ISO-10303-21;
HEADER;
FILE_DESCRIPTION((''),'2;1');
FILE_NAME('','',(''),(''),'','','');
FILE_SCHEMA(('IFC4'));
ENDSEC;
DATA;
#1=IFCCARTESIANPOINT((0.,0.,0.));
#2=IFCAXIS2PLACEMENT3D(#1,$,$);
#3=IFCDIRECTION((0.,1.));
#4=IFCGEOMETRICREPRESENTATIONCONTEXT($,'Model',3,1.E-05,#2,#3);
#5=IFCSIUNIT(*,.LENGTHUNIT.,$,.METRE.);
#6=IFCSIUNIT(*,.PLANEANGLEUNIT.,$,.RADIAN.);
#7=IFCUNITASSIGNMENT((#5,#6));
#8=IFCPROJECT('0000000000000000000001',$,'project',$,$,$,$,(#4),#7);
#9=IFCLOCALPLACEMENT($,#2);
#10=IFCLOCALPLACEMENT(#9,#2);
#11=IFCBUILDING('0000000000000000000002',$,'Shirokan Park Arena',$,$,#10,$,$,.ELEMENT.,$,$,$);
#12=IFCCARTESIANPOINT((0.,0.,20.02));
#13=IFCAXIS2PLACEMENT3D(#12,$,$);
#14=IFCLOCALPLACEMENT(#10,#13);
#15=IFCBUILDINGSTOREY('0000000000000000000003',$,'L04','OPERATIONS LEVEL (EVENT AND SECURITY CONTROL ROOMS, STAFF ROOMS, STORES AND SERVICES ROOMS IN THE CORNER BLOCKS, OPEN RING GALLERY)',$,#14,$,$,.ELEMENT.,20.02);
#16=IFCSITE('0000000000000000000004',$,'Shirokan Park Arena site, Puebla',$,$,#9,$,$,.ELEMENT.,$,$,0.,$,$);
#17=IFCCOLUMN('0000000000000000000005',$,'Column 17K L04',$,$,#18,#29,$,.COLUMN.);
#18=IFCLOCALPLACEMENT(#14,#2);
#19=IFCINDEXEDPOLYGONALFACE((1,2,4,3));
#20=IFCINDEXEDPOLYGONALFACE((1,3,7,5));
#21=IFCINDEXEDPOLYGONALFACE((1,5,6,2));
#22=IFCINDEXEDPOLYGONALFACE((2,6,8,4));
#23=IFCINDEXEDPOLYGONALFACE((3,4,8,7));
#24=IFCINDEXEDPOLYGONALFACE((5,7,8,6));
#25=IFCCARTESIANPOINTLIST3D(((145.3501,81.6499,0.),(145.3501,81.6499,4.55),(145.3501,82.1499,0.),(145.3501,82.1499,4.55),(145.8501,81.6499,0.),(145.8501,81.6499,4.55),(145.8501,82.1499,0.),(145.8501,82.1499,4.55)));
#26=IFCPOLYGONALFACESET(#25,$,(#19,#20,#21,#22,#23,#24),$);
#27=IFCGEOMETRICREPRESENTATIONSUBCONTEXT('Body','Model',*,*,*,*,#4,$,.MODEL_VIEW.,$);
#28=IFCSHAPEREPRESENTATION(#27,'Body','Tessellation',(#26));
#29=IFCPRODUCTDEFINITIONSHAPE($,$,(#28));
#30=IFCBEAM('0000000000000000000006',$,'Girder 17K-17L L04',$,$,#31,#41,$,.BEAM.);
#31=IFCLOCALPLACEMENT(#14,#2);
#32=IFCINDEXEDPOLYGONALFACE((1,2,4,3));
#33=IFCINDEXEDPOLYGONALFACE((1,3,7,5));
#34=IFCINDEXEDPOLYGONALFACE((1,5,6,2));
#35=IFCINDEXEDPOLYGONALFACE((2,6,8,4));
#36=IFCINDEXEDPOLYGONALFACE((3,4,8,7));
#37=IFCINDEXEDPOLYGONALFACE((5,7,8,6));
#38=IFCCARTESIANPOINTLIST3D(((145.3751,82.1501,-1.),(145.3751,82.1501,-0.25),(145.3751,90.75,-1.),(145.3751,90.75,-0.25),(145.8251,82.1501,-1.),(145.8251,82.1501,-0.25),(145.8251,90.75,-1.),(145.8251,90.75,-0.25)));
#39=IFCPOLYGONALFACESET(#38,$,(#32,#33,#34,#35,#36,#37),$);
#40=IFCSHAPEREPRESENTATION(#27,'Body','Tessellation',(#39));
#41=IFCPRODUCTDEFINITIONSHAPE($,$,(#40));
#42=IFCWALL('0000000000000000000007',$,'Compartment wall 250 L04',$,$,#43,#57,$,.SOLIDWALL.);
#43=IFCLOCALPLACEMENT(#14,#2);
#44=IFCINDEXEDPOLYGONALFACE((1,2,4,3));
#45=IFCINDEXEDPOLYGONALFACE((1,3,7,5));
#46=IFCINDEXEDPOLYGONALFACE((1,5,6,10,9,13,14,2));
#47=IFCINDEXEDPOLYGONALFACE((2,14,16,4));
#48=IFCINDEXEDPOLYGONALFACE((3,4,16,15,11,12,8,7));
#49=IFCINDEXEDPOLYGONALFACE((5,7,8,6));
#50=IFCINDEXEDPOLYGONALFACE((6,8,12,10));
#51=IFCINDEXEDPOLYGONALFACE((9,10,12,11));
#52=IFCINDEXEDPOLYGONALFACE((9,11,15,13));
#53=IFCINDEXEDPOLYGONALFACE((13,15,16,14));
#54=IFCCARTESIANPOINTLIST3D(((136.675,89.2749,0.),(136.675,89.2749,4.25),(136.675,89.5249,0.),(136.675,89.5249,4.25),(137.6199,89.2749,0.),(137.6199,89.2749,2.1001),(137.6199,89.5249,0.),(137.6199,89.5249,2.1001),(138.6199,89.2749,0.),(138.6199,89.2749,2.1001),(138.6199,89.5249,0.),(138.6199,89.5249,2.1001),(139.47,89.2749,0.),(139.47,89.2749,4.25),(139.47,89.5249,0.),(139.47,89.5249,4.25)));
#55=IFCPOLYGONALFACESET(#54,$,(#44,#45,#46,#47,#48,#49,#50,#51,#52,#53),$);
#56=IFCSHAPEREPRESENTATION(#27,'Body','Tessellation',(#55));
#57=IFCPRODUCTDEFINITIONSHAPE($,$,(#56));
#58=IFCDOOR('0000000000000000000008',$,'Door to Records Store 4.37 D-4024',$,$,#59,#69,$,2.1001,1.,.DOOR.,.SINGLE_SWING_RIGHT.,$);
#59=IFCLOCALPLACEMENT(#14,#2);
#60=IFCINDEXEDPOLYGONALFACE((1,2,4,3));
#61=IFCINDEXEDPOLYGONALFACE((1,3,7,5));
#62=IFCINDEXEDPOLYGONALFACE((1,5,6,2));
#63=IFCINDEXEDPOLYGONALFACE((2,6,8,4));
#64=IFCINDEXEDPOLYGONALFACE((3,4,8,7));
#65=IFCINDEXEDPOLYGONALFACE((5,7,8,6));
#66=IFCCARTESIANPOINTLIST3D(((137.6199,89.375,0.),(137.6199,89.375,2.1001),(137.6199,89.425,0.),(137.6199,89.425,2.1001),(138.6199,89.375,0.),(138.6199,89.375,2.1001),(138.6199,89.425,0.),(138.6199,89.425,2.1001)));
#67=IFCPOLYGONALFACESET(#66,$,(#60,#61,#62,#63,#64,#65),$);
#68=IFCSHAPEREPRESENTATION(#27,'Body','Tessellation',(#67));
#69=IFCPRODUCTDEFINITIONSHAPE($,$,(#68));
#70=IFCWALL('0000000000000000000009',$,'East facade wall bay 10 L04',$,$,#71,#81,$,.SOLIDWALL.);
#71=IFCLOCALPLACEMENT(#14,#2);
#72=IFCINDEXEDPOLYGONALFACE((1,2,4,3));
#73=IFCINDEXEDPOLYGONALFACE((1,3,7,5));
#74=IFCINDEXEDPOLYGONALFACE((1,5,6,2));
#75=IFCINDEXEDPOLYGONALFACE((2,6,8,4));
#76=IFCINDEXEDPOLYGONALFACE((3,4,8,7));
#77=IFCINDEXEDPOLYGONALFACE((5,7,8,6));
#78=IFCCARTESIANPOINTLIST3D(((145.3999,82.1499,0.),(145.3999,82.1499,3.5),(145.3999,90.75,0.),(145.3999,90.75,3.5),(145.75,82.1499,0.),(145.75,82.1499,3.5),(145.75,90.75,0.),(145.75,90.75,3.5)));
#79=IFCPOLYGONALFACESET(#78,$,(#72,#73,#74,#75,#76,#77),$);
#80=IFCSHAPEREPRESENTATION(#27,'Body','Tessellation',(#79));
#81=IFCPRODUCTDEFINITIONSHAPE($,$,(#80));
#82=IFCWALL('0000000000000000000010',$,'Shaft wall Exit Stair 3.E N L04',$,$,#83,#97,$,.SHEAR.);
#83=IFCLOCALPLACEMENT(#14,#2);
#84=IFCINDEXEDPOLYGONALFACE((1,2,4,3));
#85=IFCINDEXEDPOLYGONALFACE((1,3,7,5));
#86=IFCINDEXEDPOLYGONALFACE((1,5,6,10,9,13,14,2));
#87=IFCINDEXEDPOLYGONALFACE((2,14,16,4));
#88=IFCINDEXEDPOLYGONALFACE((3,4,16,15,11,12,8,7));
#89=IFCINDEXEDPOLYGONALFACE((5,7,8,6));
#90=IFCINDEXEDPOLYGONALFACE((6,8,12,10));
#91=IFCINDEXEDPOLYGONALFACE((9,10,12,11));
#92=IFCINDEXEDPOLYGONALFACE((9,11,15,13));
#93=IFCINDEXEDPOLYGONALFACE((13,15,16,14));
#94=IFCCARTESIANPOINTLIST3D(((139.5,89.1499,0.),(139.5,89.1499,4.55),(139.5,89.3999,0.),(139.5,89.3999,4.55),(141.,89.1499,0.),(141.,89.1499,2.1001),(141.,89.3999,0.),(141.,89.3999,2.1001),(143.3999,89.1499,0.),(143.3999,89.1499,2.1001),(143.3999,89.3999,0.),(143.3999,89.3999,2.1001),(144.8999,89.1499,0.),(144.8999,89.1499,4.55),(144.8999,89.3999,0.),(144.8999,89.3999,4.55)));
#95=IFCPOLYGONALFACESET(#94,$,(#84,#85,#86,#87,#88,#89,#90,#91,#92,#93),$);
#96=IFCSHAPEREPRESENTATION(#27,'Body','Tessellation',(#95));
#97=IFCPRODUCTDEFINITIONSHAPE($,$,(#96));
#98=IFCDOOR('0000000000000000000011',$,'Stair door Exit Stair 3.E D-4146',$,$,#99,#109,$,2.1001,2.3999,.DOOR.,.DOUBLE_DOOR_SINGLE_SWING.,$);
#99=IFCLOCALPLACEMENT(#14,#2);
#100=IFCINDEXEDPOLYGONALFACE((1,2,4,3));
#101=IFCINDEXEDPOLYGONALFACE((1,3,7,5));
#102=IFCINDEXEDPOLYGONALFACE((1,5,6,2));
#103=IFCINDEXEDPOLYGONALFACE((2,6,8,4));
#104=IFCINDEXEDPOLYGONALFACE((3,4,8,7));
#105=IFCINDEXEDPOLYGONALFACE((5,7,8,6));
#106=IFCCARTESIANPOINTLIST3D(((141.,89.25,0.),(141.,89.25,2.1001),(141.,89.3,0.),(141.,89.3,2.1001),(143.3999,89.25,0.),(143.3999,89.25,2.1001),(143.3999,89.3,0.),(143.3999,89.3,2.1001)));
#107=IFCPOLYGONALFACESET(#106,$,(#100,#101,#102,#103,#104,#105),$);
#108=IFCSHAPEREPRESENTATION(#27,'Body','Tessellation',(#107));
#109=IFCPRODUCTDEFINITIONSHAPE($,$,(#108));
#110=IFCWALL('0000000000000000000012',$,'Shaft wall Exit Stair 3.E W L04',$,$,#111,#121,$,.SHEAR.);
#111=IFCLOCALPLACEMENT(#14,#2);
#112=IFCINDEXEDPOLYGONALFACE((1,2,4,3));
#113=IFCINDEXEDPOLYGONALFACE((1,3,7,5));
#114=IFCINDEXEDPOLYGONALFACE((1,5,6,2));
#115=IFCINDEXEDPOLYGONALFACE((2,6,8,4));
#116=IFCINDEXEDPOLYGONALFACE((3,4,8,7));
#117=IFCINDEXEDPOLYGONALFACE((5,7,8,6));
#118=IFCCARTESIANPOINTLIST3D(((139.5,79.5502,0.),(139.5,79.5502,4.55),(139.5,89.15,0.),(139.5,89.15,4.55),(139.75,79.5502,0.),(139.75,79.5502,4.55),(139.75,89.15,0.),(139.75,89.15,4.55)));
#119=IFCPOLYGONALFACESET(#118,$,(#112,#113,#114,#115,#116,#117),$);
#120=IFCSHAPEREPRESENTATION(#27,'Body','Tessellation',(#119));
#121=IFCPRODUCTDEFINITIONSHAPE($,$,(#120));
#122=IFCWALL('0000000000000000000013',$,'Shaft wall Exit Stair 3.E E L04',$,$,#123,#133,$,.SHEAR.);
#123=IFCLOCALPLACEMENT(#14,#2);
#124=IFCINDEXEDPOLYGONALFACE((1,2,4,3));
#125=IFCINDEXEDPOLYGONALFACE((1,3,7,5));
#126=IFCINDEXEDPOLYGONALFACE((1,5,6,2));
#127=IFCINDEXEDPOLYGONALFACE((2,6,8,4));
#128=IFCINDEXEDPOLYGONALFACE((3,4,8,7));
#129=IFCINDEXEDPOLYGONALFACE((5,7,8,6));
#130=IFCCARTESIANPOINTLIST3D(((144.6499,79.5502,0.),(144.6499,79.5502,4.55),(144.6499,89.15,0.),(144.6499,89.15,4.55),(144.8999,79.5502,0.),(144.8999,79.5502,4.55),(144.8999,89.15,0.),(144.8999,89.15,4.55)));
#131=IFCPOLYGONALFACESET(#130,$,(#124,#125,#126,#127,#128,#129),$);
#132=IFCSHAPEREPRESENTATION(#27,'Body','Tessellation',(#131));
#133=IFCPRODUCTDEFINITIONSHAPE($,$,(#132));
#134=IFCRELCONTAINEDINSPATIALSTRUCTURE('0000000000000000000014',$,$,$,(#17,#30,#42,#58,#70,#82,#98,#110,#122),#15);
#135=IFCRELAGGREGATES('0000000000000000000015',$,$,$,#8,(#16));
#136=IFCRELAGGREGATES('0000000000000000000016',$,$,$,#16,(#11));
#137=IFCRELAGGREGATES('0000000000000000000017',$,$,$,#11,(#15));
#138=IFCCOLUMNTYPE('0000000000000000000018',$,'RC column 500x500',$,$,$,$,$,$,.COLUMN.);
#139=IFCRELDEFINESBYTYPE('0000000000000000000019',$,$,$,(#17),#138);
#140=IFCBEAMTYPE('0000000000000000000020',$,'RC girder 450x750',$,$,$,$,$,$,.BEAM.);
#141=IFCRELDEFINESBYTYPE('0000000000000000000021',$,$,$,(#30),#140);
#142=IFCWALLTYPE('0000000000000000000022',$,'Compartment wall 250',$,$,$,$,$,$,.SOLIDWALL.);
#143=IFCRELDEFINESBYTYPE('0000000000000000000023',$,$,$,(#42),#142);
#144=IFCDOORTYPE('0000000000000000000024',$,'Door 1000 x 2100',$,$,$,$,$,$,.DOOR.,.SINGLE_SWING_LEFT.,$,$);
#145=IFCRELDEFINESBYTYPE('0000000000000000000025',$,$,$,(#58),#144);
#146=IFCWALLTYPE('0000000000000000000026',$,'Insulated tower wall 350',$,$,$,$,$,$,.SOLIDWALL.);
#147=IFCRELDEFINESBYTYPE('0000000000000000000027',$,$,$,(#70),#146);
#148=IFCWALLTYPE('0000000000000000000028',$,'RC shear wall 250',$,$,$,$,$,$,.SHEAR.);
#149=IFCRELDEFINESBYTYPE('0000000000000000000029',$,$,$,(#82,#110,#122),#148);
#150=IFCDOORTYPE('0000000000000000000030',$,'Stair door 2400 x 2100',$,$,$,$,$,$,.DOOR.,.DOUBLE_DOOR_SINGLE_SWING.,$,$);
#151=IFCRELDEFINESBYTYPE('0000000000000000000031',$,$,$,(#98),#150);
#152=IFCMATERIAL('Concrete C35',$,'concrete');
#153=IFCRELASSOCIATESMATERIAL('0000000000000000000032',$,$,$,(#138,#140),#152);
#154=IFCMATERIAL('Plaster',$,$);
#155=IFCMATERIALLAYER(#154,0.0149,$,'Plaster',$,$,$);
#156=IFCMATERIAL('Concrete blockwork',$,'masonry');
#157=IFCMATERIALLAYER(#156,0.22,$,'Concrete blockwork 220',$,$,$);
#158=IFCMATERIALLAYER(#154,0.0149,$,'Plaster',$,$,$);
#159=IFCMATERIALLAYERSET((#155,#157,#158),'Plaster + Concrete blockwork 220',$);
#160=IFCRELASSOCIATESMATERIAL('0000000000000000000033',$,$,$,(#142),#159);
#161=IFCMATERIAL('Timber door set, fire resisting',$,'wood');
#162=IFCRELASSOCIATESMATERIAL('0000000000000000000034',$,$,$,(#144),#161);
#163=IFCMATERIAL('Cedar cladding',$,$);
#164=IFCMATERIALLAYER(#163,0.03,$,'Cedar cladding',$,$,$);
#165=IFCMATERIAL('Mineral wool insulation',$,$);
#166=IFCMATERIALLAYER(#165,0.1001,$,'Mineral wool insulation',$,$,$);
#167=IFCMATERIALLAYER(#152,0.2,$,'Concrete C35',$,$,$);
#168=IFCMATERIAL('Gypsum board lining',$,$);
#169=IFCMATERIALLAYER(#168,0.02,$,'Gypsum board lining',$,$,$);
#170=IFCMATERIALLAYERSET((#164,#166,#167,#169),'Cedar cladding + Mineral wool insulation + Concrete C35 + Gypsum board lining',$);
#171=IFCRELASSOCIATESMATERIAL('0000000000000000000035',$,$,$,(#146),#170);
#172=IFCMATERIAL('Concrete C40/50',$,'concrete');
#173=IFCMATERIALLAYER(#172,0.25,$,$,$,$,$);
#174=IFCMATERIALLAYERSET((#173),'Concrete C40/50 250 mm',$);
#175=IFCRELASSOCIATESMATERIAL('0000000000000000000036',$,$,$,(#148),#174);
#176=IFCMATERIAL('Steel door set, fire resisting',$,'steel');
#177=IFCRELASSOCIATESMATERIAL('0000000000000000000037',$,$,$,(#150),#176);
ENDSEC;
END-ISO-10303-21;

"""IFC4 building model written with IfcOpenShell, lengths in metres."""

from ifc_helpers import new_model, si_unit, direction, frame, frame_2d, origin, origin_2d, place, context, subcontext, project, spatial, rectangle, extrude, material, layer, layer_set, material_profile, profile_set, type_object, element, fill, save


model = new_model("IFC4")

# Units and contexts
model_context = context("Model", 3, precision=1e-05, world=origin(), true_north=direction((0.0, 1.0)))
body_context = subcontext(model_context, "Body", "Model", "MODEL_VIEW")
ifc_project = project(units=[si_unit("LENGTHUNIT", "METRE"), si_unit("PLANEANGLEUNIT", "RADIAN")], contexts=[model_context])

# Site, building, storey
site_placement = place(None, origin())
site = spatial("IfcSite", under=ifc_project, at=site_placement, Name="Shirokan Park Arena site, Puebla", CompositionType="ELEMENT", RefElevation=0.0)
building_placement = place(site_placement, origin())
building = spatial("IfcBuilding", under=site, at=building_placement, Name="Shirokan Park Arena", CompositionType="ELEMENT")
storey_placement = place(building_placement, frame((0.0, 0.0, 20.02)))
storey = spatial("IfcBuildingStorey", under=building, at=storey_placement, Name="L04", Description="OPERATIONS LEVEL (EVENT AND SECURITY CONTROL ROOMS, STAFF ROOMS, STORES AND SERVICES ROOMS IN THE CORNER BLOCKS, OPEN RING GALLERY)", CompositionType="ELEMENT", Elevation=20.02)

# Column
ifc_material_1 = material(Name="Concrete C35", Category="concrete")
ifc_material_profile_1 = material_profile(ifc_material_1, rectangle(XDim=0.5, YDim=0.5, at=origin_2d()), Name="500x500")
ifc_profile_set_1 = profile_set([ifc_material_profile_1], Name="Concrete C35")
column_type = type_object("IfcColumnType", Name="RC column 500x500", PredefinedType="COLUMN", material=ifc_profile_set_1)
column_placement = place(storey_placement, frame((145.6001, 81.8999, 0.0), z_axis=(0.0, 0.0, 1.0), x_axis=(1.0, 0.0, 0.0)))
element("IfcColumn", 1, at=column_placement, inside=storey, type_object=column_type, Name="Column 17K L04", PredefinedType="COLUMN", context=body_context, shape_type="SweptSolid", body=[
    extrude(rectangle(XDim=0.5, YDim=0.5, at=origin_2d()), origin(), (0.0, 0.0, 1.0), 4.55),
])

# Beam
ifc_material_profile_2 = material_profile(ifc_material_1, rectangle(XDim=0.45, YDim=0.75, at=origin_2d()), Name="450x750")
ifc_profile_set_2 = profile_set([ifc_material_profile_2], Name="Concrete C35")
beam_type = type_object("IfcBeamType", Name="RC girder 450x750", PredefinedType="BEAM", material=ifc_profile_set_2)
beam_placement = place(storey_placement, frame((145.6001, 82.1501, -0.625), z_axis=(0.0, 1.0, 0.0), x_axis=(-1.0, 0.0, 0.0)))
element("IfcBeam", 2, at=beam_placement, inside=storey, type_object=beam_type, Name="Girder 17K-17L L04", PredefinedType="BEAM", context=body_context, shape_type="SweptSolid", body=[
    extrude(rectangle(XDim=0.45, YDim=0.75, at=origin_2d()), origin(), (0.0, 0.0, 1.0), 8.5999),
])

# Wall, opening, door
ifc_material_2 = material(Name="Plaster")
ifc_layer_1 = layer(ifc_material_2, 0.0149, Name="Plaster")
ifc_material_3 = material(Name="Concrete blockwork", Category="masonry")
ifc_layer_2 = layer(ifc_material_3, 0.22, Name="Concrete blockwork 220")
ifc_layer_3 = layer(ifc_material_2, 0.0149, Name="Plaster")
ifc_layer_set_1 = layer_set([ifc_layer_1, ifc_layer_2, ifc_layer_3], Name="Plaster + Concrete blockwork 220")
wall_type_1 = type_object("IfcWallType", Name="Compartment wall 250", PredefinedType="SOLIDWALL", material=ifc_layer_set_1)
wall_1_placement = place(storey_placement, frame((139.47, 89.3999, 0.0), z_axis=(0.0, 0.0, 1.0), x_axis=(-1.0, 0.0, 0.0)))
wall_1 = element("IfcWall", 3, at=wall_1_placement, inside=storey, type_object=wall_type_1, Name="Compartment wall 250 L04", PredefinedType="SOLIDWALL", context=body_context, shape_type="SweptSolid", body=[
    extrude(rectangle(XDim=2.7949, YDim=0.25, at=frame_2d((1.3975, 0.0))), origin(), (0.0, 0.0, 1.0), 4.25),
])
opening_1_placement = place(wall_1_placement, frame((0.8501, 0.0, 0.0)))
opening_1 = element("IfcOpeningElement", 4, at=opening_1_placement, cuts=wall_1, PredefinedType="OPENING", context=body_context, shape_type="SweptSolid", body=[
    extrude(rectangle(XDim=1.0, YDim=2.1001, at=frame_2d((0.5, 1.05))), frame((0.0, 0.135, 0.0), z_axis=(0.0, -1.0, 0.0), x_axis=(1.0, 0.0, 0.0)), (0.0, 0.0, 1.0), 0.27),
])
ifc_material_4 = material(Name="Timber door set, fire resisting", Category="wood")
door_type_1 = type_object("IfcDoorType", Name="Door 1000 x 2100", OperationType="SINGLE_SWING_LEFT", PredefinedType="DOOR", material=ifc_material_4)
door_1_placement = place(opening_1_placement, origin())
door_1 = element("IfcDoor", 5, at=door_1_placement, inside=storey, type_object=door_type_1, Name="Door to Records Store 4.37 D-4024", OperationType="SINGLE_SWING_RIGHT", OverallHeight=2.1001, OverallWidth=1.0, PredefinedType="DOOR", context=body_context, shape_type="SweptSolid", body=[
    extrude(rectangle(XDim=1.0, YDim=2.1001, at=frame_2d((0.5, 1.05))), frame((0.0, 0.0249, 0.0), z_axis=(0.0, -1.0, 0.0), x_axis=(1.0, 0.0, 0.0)), (0.0, 0.0, 1.0), 0.05),
])
fill(opening_1, door_1)

# Wall
ifc_material_5 = material(Name="Cedar cladding")
ifc_layer_4 = layer(ifc_material_5, 0.03, Name="Cedar cladding")
ifc_material_6 = material(Name="Mineral wool insulation")
ifc_layer_5 = layer(ifc_material_6, 0.1001, Name="Mineral wool insulation")
ifc_layer_6 = layer(ifc_material_1, 0.2, Name="Concrete C35")
ifc_material_7 = material(Name="Gypsum board lining")
ifc_layer_7 = layer(ifc_material_7, 0.02, Name="Gypsum board lining")
ifc_layer_set_2 = layer_set([ifc_layer_4, ifc_layer_5, ifc_layer_6, ifc_layer_7], Name="Cedar cladding + Mineral wool insulation + Concrete C35 + Gypsum board lining")
wall_type_2 = type_object("IfcWallType", Name="Insulated tower wall 350", PredefinedType="SOLIDWALL", material=ifc_layer_set_2)
wall_2_placement = place(storey_placement, frame((145.575, 82.1499, 0.0), z_axis=(0.0, 0.0, 1.0), x_axis=(0.0, 1.0, 0.0)))
element("IfcWall", 6, at=wall_2_placement, inside=storey, type_object=wall_type_2, Name="East facade wall bay 10 L04", PredefinedType="SOLIDWALL", context=body_context, shape_type="SweptSolid", body=[
    extrude(rectangle(XDim=8.6001, YDim=0.3501, at=frame_2d((4.3, 0.0))), origin(), (0.0, 0.0, 1.0), 3.5),
])

# Wall, opening, door
ifc_material_8 = material(Name="Concrete C40/50", Category="concrete")
ifc_layer_8 = layer(ifc_material_8, 0.25)
ifc_layer_set_3 = layer_set([ifc_layer_8], Name="Concrete C40/50 250 mm")
wall_type_3 = type_object("IfcWallType", Name="RC shear wall 250", PredefinedType="SHEAR", material=ifc_layer_set_3)
wall_3_placement = place(storey_placement, frame((144.8999, 89.2749, 0.0), z_axis=(0.0, 0.0, 1.0), x_axis=(-1.0, 0.0, 0.0)))
wall_3 = element("IfcWall", 7, at=wall_3_placement, inside=storey, type_object=wall_type_3, Name="Shaft wall Exit Stair 3.E N L04", PredefinedType="SHEAR", context=body_context, shape_type="SweptSolid", body=[
    extrude(rectangle(XDim=5.3999, YDim=0.25, at=frame_2d((2.7, 0.0))), origin(), (0.0, 0.0, 1.0), 4.55),
])
opening_2_placement = place(wall_3_placement, frame((1.5, 0.0, 0.0)))
opening_2 = element("IfcOpeningElement", 8, at=opening_2_placement, cuts=wall_3, PredefinedType="OPENING", context=body_context, shape_type="SweptSolid", body=[
    extrude(rectangle(XDim=2.3999, YDim=2.1001, at=frame_2d((1.2, 1.05))), frame((0.0, 0.135, 0.0), z_axis=(0.0, -1.0, 0.0), x_axis=(1.0, 0.0, 0.0)), (0.0, 0.0, 1.0), 0.27),
])
ifc_material_9 = material(Name="Steel door set, fire resisting", Category="steel")
door_type_2 = type_object("IfcDoorType", Name="Stair door 2400 x 2100", OperationType="DOUBLE_DOOR_SINGLE_SWING", PredefinedType="DOOR", material=ifc_material_9)
door_2_placement = place(opening_2_placement, origin())
door_2 = element("IfcDoor", 9, at=door_2_placement, inside=storey, type_object=door_type_2, Name="Stair door Exit Stair 3.E D-4146", OperationType="DOUBLE_DOOR_SINGLE_SWING", OverallHeight=2.1001, OverallWidth=2.3999, PredefinedType="DOOR", context=body_context, shape_type="SweptSolid", body=[
    extrude(rectangle(XDim=2.3999, YDim=2.1001, at=frame_2d((1.2, 1.05))), frame((0.0, 0.0249, 0.0), z_axis=(0.0, -1.0, 0.0), x_axis=(1.0, 0.0, 0.0)), (0.0, 0.0, 1.0), 0.05),
])
fill(opening_2, door_2)

# Walls
for number, where, z_axis, x_axis, name in (
    (10, (139.625, 89.1499, 0.0), (0.0, 0.0, 1.0), (0.0, -1.0, 0.0), "Shaft wall Exit Stair 3.E W L04"),
    (11, (144.7749, 89.1499, 0.0), (0.0, 0.0, 1.0), (0.0, -1.0, 0.0), "Shaft wall Exit Stair 3.E E L04"),
):
    element("IfcWall", number, at=place(storey_placement, frame(where, z_axis=z_axis, x_axis=x_axis)), inside=storey, type_object=wall_type_3, Name=name, PredefinedType="SHEAR", context=body_context, shape_type="SweptSolid", body=[
        extrude(rectangle(XDim=9.5999, YDim=0.25, at=frame_2d((4.7998, 0.0))), origin(), (0.0, 0.0, 1.0), 4.55),
    ])

save(model, "model.ifc")
